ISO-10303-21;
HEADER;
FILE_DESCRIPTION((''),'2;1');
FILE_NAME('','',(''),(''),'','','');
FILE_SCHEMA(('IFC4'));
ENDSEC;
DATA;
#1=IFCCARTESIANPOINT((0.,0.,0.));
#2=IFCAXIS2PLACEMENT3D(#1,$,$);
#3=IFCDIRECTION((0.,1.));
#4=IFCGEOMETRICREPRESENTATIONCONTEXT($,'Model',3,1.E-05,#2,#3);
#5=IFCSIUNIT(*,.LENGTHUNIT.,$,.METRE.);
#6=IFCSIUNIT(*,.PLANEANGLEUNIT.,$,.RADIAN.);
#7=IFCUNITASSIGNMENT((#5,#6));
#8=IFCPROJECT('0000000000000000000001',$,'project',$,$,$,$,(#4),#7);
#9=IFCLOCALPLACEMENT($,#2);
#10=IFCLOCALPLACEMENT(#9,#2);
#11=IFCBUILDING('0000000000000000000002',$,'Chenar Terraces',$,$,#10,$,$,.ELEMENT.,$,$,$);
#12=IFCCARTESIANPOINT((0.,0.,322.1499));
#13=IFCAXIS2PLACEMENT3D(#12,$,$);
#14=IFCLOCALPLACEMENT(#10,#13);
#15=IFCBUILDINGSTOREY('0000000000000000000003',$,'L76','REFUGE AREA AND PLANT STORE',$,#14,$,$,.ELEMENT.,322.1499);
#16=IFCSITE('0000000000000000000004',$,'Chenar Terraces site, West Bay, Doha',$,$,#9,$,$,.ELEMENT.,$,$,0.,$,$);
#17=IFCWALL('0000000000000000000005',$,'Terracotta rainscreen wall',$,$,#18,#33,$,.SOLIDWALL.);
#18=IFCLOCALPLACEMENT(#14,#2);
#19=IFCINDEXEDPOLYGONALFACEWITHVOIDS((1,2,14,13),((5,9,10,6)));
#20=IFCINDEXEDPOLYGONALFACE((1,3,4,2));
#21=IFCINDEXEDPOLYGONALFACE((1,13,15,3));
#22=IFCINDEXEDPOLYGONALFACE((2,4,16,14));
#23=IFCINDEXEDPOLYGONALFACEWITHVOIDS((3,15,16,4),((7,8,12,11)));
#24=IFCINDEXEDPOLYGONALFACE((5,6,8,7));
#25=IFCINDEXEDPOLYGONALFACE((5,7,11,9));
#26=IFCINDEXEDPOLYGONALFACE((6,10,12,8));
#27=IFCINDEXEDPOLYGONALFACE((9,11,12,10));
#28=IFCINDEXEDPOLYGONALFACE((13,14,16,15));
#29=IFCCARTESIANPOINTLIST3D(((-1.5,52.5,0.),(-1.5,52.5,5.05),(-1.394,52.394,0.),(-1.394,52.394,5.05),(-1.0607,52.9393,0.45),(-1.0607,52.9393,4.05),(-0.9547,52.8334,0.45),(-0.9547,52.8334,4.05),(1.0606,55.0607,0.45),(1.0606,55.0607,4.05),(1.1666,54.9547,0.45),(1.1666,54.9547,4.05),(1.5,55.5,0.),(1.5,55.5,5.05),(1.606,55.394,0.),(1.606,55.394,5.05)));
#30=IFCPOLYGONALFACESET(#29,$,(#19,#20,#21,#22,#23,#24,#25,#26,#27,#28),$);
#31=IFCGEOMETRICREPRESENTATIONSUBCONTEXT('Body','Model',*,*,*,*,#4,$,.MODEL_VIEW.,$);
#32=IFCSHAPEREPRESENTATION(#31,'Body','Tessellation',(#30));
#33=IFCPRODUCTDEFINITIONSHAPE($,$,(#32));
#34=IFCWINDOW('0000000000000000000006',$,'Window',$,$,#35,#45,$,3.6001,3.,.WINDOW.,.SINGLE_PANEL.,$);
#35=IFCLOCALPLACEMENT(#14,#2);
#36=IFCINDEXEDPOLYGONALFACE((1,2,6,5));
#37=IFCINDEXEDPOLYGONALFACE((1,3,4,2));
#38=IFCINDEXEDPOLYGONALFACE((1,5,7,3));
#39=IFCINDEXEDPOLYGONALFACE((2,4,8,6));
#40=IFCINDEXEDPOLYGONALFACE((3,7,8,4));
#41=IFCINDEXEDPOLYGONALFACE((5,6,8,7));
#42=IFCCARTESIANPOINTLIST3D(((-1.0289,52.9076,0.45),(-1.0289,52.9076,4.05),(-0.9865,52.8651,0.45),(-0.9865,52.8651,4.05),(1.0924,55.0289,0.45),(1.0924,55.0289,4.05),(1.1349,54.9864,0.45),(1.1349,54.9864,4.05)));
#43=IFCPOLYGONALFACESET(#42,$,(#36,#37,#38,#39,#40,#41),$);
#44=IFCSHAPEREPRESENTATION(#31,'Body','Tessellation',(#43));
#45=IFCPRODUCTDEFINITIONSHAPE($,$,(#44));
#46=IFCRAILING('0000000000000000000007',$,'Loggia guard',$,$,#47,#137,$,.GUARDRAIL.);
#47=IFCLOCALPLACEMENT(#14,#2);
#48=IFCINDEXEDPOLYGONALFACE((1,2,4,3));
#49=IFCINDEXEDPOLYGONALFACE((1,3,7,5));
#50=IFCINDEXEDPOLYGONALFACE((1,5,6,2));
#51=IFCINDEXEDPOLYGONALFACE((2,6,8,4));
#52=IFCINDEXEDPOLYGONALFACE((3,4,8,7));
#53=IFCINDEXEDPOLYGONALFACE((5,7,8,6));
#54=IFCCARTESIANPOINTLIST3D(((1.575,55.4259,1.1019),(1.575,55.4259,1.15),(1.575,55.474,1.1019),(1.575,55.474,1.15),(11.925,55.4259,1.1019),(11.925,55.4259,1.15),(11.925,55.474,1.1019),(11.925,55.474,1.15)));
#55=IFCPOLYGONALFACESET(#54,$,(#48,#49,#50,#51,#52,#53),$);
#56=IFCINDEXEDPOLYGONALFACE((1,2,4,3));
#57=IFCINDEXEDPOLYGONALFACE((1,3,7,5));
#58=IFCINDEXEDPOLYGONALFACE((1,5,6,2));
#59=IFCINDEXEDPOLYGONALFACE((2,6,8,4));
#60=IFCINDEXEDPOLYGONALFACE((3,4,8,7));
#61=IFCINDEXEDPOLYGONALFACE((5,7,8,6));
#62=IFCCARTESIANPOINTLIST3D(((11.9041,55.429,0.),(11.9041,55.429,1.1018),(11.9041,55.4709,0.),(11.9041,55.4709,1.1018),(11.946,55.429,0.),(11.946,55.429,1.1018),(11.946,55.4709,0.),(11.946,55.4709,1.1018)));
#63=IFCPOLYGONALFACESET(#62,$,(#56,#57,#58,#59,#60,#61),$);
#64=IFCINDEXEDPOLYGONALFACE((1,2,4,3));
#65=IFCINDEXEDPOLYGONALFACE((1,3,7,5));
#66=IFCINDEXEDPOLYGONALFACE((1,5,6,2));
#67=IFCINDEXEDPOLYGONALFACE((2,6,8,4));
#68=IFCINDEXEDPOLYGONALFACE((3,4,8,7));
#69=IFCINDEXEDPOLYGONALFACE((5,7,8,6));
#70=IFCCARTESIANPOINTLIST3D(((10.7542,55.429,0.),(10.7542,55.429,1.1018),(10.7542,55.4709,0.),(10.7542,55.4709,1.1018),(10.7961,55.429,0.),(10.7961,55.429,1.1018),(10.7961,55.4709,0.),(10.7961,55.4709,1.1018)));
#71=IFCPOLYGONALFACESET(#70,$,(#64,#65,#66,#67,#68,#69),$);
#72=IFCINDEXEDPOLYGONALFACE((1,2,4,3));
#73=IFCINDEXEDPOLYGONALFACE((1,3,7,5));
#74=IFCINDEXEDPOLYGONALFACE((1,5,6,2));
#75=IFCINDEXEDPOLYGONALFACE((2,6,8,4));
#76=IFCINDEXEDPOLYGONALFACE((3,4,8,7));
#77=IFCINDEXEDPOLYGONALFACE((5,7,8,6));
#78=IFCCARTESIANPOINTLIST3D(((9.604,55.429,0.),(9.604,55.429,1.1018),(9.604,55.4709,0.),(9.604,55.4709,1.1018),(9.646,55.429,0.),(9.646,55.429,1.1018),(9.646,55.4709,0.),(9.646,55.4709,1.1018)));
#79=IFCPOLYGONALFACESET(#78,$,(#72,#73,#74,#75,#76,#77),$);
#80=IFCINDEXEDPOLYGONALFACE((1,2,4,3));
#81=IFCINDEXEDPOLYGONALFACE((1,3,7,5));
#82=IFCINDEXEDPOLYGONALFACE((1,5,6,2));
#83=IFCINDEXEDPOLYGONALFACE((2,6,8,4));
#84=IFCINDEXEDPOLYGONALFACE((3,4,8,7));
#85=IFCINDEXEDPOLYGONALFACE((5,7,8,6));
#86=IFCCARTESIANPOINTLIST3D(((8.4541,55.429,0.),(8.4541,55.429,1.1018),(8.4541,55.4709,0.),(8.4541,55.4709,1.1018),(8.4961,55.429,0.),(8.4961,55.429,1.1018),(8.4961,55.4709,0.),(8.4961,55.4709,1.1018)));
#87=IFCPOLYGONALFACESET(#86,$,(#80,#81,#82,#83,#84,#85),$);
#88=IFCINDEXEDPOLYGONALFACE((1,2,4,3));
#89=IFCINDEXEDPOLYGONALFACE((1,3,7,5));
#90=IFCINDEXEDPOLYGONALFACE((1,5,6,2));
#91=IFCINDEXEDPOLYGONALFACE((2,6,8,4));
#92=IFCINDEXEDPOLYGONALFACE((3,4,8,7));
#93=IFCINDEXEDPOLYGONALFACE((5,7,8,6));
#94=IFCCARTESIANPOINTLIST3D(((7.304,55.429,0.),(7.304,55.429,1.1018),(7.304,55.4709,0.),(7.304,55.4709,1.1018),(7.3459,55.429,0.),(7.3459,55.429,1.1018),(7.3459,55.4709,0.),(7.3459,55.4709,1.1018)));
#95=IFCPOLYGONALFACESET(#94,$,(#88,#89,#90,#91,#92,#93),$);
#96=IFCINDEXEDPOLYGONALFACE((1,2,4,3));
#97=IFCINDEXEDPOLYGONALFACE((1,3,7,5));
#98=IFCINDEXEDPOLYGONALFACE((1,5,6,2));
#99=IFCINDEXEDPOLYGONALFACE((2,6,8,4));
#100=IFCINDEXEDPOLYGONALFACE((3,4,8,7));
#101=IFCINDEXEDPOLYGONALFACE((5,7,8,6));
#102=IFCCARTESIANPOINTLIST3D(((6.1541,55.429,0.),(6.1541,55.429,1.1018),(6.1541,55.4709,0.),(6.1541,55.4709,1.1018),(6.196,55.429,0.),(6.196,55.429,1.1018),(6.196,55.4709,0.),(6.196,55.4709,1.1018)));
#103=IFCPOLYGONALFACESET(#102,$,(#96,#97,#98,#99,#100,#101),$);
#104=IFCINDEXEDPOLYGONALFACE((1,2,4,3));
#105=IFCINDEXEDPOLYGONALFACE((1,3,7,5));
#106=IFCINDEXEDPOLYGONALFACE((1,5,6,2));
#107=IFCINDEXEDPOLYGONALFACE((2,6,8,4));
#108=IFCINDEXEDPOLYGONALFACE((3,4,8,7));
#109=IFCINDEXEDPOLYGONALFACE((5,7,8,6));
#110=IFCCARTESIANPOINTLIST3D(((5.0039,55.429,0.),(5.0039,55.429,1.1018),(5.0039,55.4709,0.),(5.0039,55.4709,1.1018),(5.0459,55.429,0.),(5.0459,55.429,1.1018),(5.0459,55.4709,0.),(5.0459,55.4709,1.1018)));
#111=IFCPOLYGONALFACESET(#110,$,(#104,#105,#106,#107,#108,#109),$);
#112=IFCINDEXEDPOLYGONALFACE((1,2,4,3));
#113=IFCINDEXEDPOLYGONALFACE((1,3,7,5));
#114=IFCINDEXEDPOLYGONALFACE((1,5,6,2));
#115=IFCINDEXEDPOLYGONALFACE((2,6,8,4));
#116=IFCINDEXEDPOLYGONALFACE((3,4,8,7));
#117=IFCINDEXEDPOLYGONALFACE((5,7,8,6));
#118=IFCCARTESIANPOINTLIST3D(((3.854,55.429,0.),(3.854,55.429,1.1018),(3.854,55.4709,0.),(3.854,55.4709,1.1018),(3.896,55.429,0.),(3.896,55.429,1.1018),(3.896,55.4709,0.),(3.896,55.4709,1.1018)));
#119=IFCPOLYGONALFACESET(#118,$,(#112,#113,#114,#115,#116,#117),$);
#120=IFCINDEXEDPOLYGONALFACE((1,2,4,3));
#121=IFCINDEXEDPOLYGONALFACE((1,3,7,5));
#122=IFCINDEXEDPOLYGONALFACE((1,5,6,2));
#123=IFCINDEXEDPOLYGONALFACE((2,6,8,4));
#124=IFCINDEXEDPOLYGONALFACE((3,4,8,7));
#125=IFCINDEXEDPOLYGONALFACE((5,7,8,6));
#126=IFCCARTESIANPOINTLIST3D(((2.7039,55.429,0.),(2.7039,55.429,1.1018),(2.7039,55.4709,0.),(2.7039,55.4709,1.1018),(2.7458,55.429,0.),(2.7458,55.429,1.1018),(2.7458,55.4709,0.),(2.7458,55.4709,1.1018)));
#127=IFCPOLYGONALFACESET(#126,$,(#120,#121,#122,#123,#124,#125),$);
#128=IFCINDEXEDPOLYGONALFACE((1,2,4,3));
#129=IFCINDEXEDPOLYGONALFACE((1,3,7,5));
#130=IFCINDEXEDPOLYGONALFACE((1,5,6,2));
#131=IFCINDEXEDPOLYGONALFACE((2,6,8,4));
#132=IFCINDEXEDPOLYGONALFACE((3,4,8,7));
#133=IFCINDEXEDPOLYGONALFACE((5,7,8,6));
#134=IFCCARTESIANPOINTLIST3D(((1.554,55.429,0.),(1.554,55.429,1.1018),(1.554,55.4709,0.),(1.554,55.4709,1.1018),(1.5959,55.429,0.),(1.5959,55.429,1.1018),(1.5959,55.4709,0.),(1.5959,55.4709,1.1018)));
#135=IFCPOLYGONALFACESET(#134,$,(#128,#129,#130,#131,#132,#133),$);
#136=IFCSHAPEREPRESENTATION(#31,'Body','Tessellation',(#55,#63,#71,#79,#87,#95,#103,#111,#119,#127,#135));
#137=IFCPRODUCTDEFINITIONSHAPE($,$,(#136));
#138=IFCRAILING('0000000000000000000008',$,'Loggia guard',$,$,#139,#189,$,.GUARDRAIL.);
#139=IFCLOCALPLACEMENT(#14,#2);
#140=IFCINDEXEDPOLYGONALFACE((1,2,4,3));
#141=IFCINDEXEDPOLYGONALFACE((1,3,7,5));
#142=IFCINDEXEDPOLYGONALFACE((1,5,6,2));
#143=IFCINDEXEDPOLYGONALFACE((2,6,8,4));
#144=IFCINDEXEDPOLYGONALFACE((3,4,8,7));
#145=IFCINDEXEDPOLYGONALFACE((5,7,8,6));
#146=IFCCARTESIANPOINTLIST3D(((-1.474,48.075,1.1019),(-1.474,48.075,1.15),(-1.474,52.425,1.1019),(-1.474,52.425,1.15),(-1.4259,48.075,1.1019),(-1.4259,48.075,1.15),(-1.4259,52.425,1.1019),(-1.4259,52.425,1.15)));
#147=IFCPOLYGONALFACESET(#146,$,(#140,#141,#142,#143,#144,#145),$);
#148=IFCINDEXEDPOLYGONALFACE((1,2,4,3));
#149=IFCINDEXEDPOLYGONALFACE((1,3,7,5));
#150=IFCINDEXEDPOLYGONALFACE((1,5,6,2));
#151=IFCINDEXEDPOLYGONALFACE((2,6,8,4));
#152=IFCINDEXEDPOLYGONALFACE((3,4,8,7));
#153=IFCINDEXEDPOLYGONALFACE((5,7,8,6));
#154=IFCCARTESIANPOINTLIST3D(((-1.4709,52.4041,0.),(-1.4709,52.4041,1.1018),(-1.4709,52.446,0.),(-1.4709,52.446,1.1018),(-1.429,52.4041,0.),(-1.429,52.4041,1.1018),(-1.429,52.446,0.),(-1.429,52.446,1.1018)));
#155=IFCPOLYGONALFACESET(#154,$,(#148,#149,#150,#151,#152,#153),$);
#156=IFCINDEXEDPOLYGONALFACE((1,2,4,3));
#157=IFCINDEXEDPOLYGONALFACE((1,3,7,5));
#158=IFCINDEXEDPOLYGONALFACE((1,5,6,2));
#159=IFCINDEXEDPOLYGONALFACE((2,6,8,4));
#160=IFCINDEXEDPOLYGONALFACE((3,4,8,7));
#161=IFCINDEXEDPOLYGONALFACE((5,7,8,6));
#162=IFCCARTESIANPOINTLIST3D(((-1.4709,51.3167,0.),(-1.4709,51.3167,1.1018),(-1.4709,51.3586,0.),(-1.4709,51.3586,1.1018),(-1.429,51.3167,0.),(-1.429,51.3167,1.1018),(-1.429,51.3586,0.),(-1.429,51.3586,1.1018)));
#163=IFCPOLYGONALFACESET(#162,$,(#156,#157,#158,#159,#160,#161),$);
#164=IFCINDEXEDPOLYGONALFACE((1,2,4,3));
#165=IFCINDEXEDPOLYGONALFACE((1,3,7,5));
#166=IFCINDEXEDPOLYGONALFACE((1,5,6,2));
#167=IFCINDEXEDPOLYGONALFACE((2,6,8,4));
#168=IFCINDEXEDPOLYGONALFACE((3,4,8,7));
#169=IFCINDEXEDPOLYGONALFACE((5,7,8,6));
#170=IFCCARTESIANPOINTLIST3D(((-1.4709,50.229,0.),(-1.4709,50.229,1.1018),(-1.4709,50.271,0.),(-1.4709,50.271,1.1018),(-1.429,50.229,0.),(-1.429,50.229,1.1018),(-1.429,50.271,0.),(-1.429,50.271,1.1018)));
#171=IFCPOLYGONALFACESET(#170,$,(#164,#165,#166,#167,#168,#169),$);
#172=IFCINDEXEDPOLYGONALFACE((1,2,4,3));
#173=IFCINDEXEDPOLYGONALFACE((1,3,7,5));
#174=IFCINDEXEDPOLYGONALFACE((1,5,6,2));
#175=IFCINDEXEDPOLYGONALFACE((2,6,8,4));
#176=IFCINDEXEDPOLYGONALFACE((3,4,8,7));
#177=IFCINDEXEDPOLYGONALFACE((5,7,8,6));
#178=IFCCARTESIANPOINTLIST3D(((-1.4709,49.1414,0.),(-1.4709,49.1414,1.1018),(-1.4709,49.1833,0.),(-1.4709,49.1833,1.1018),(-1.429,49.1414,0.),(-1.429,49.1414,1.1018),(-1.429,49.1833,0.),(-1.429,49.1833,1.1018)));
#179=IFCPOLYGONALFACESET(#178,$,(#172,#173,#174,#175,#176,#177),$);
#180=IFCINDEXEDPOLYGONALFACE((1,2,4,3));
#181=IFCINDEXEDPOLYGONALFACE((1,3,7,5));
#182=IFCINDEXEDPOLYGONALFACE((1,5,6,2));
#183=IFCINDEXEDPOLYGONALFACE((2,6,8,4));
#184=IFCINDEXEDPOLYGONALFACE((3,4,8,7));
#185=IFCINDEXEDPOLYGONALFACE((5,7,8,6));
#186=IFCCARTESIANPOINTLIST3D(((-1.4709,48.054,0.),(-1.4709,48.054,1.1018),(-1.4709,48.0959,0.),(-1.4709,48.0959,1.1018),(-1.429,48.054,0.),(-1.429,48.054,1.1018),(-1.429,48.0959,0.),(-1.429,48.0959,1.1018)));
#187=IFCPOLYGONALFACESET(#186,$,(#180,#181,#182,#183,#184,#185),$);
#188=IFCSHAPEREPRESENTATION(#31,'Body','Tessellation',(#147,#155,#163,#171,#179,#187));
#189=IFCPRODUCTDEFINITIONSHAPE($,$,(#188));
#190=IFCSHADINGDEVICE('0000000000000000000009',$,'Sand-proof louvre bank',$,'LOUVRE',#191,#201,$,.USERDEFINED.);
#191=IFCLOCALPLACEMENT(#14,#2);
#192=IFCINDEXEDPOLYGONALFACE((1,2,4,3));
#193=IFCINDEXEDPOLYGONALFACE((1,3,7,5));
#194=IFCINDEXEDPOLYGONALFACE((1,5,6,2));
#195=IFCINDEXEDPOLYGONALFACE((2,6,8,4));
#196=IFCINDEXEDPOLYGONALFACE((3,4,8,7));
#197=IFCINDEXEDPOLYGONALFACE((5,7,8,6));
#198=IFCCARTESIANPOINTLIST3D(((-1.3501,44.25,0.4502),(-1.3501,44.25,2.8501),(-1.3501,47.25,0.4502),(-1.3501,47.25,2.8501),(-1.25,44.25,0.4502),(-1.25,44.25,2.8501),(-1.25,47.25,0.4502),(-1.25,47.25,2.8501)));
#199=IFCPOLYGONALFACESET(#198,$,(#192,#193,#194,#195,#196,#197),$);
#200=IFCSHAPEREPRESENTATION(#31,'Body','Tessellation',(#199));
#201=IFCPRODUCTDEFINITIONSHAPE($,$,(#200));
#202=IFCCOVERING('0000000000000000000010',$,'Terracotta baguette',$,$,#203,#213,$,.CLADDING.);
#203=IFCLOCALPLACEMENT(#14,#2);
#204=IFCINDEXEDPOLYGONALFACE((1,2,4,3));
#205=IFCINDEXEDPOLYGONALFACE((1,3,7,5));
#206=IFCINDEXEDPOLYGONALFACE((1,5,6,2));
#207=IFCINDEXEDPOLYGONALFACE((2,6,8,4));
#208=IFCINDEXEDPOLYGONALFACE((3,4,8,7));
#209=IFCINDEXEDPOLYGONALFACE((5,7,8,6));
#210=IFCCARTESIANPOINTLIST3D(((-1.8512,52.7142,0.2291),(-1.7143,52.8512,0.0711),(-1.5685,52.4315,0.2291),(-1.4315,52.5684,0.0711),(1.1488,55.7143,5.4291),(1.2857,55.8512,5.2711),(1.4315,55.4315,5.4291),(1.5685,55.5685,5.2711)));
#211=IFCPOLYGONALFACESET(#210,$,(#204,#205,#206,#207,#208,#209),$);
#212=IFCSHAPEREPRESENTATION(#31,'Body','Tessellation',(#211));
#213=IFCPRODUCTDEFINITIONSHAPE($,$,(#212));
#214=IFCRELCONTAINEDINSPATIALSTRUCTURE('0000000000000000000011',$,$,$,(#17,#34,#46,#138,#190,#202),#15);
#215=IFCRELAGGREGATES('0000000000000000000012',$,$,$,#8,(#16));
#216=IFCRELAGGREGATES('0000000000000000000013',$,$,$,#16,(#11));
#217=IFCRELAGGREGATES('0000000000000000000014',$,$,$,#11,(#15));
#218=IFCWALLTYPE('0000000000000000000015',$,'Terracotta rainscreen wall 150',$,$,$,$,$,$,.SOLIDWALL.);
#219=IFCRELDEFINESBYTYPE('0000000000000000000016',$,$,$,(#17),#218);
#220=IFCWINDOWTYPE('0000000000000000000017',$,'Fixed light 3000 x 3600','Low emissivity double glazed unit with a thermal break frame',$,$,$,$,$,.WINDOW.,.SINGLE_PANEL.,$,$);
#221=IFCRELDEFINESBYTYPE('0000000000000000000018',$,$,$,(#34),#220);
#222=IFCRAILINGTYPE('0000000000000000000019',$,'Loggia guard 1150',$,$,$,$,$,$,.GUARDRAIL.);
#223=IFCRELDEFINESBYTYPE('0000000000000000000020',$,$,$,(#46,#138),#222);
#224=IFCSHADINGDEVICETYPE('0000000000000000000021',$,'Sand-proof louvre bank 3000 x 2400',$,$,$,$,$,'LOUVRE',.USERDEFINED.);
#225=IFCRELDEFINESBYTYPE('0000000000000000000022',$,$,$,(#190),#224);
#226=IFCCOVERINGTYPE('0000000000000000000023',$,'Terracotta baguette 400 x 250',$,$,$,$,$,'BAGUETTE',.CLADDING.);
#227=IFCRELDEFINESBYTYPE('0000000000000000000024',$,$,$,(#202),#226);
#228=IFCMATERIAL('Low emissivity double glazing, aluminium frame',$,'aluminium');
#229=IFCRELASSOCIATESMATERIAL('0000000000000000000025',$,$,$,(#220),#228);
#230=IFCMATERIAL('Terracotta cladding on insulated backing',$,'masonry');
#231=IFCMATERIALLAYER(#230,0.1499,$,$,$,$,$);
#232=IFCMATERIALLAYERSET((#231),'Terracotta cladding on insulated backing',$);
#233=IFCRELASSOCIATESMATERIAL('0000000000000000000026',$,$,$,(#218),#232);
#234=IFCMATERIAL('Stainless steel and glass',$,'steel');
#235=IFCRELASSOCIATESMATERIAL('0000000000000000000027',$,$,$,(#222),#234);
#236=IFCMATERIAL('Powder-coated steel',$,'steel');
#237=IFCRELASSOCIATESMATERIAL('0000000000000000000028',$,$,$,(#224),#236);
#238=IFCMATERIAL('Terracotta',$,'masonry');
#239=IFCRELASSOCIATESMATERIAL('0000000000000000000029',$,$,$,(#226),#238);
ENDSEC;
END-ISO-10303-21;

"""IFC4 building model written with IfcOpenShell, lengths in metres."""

from ifc_helpers import new_model, si_unit, direction, frame, frame_2d, origin, origin_2d, place, context, subcontext, project, spatial, rectangle, extrude, material, layer, layer_set, material_profile, profile_set, type_object, element, fill, save


model = new_model("IFC4")

# Units and contexts
model_context = context("Model", 3, precision=1e-05, world=origin(), true_north=direction((0.0, 1.0)))
body_context = subcontext(model_context, "Body", "Model", "MODEL_VIEW")
ifc_project = project(units=[si_unit("LENGTHUNIT", "METRE"), si_unit("PLANEANGLEUNIT", "RADIAN")], contexts=[model_context])

# Site, building, storey
site_placement = place(None, origin())
site = spatial("IfcSite", under=ifc_project, at=site_placement, Name="Chenar Terraces site, West Bay, Doha", CompositionType="ELEMENT", RefElevation=0.0)
building_placement = place(site_placement, origin())
building = spatial("IfcBuilding", under=site, at=building_placement, Name="Chenar Terraces", CompositionType="ELEMENT")
storey_placement = place(building_placement, frame((0.0, 0.0, 322.1499)))
storey = spatial("IfcBuildingStorey", under=building, at=storey_placement, Name="L76", Description="REFUGE AREA AND PLANT STORE", CompositionType="ELEMENT", Elevation=322.1499)

# Shared definitions
ifc_material_1 = material(Name="Low emissivity double glazing, aluminium frame", Category="aluminium")
window_type_1 = type_object("IfcWindowType", Name="Fixed light 3000 x 3600", Description="Low emissivity double glazed unit with a thermal break frame", PartitioningType="SINGLE_PANEL", PredefinedType="WINDOW", material=ifc_material_1)

# Wall, opening, window
ifc_material_2 = material(Name="Terracotta cladding on insulated backing", Category="masonry")
ifc_layer_1 = layer(ifc_material_2, 0.1499)
ifc_layer_set_1 = layer_set([ifc_layer_1], Name="Terracotta cladding on insulated backing")
wall_type_1 = type_object("IfcWallType", Name="Terracotta rainscreen wall 150", PredefinedType="SOLIDWALL", material=ifc_layer_set_1)
wall_1_placement = place(storey_placement, frame((1.553, 55.447, 0.0), z_axis=(0.0, 0.0, 1.0), x_axis=(-0.707107, -0.707107, 0.0)))
wall_1 = element("IfcWall", 1, at=wall_1_placement, inside=storey, type_object=wall_type_1, Name="Terracotta rainscreen wall", PredefinedType="SOLIDWALL", context=body_context, shape_type="SweptSolid", body=[
    extrude(rectangle(XDim=4.2427, YDim=0.1499, at=frame_2d((2.1213, 0.0))), origin(), (0.0, 0.0, 1.0), 5.05),
])
opening_1_placement = place(wall_1_placement, frame((0.6213, 0.0, 0.45)))
opening_1 = element("IfcOpeningElement", 2, at=opening_1_placement, cuts=wall_1, PredefinedType="OPENING", context=body_context, shape_type="SweptSolid", body=[
    extrude(rectangle(XDim=3.0, YDim=3.6001, at=frame_2d((1.5, 1.8))), frame((0.0, 0.085, 0.0), z_axis=(0.0, -1.0, 0.0), x_axis=(1.0, 0.0, 0.0)), (0.0, 0.0, 1.0), 0.1699),
])
window_1_placement = place(opening_1_placement, origin())
window_1 = element("IfcWindow", 3, at=window_1_placement, inside=storey, type_object=window_type_1, Name="Window", OverallHeight=3.6001, OverallWidth=3.0, PartitioningType="SINGLE_PANEL", PredefinedType="WINDOW", context=body_context, shape_type="SweptSolid", body=[
    extrude(rectangle(XDim=3.0, YDim=3.6001, at=frame_2d((1.5, 1.8))), frame((0.0, 0.03, 0.0), z_axis=(0.0, -1.0, 0.0), x_axis=(1.0, 0.0, 0.0)), (0.0, 0.0, 1.0), 0.0601),
])
fill(opening_1, window_1)

# Railings
ifc_material_3 = material(Name="Stainless steel and glass", Category="steel")
railing_type = type_object("IfcRailingType", Name="Loggia guard 1150", PredefinedType="GUARDRAIL", material=ifc_material_3)
railing_1_placement = place(storey_placement, frame((11.925, 55.45, 0.0)))
element("IfcRailing", 4, at=railing_1_placement, inside=storey, type_object=railing_type, Name="Loggia guard", PredefinedType="GUARDRAIL", context=body_context, shape_type="SweptSolid", body=[
    extrude(rectangle(XDim=0.0481, YDim=0.0481, at=origin_2d()), frame((0.0, 0.0, 1.126), z_axis=(-1.0, 0.0, 0.0), x_axis=(0.0, -1.0, 0.0)), (0.0, 0.0, 1.0), 10.3501),
    extrude(rectangle(XDim=0.042, YDim=0.042, at=origin_2d()), origin(), (0.0, 0.0, 1.0), 1.1018),
    extrude(rectangle(XDim=0.042, YDim=0.042, at=origin_2d()), frame((-1.1499, 0.0, 0.0)), (0.0, 0.0, 1.0), 1.1018),
    extrude(rectangle(XDim=0.042, YDim=0.042, at=origin_2d()), frame((-2.3, 0.0, 0.0)), (0.0, 0.0, 1.0), 1.1018),
    extrude(rectangle(XDim=0.042, YDim=0.042, at=origin_2d()), frame((-3.45, 0.0, 0.0)), (0.0, 0.0, 1.0), 1.1018),
    extrude(rectangle(XDim=0.042, YDim=0.042, at=origin_2d()), frame((-4.6001, 0.0, 0.0)), (0.0, 0.0, 1.0), 1.1018),
    extrude(rectangle(XDim=0.042, YDim=0.042, at=origin_2d()), frame((-5.75, 0.0, 0.0)), (0.0, 0.0, 1.0), 1.1018),
    extrude(rectangle(XDim=0.042, YDim=0.042, at=origin_2d()), frame((-6.9001, 0.0, 0.0)), (0.0, 0.0, 1.0), 1.1018),
    extrude(rectangle(XDim=0.042, YDim=0.042, at=origin_2d()), frame((-8.05, 0.0, 0.0)), (0.0, 0.0, 1.0), 1.1018),
    extrude(rectangle(XDim=0.042, YDim=0.042, at=origin_2d()), frame((-9.2002, 0.0, 0.0)), (0.0, 0.0, 1.0), 1.1018),
    extrude(rectangle(XDim=0.042, YDim=0.042, at=origin_2d()), frame((-10.3501, 0.0, 0.0)), (0.0, 0.0, 1.0), 1.1018),
])
railing_2_placement = place(storey_placement, frame((-1.45, 52.425, 0.0)))
element("IfcRailing", 5, at=railing_2_placement, inside=storey, type_object=railing_type, Name="Loggia guard", PredefinedType="GUARDRAIL", context=body_context, shape_type="SweptSolid", body=[
    extrude(rectangle(XDim=0.0481, YDim=0.0481, at=origin_2d()), frame((0.0, 0.0, 1.126), z_axis=(0.0, -1.0, 0.0), x_axis=(1.0, 0.0, 0.0)), (0.0, 0.0, 1.0), 4.3501),
    extrude(rectangle(XDim=0.042, YDim=0.042, at=origin_2d()), origin(), (0.0, 0.0, 1.0), 1.1018),
    extrude(rectangle(XDim=0.042, YDim=0.042, at=origin_2d()), frame((0.0, -1.0874, 0.0)), (0.0, 0.0, 1.0), 1.1018),
    extrude(rectangle(XDim=0.042, YDim=0.042, at=origin_2d()), frame((0.0, -2.175, 0.0)), (0.0, 0.0, 1.0), 1.1018),
    extrude(rectangle(XDim=0.042, YDim=0.042, at=origin_2d()), frame((0.0, -3.2627, 0.0)), (0.0, 0.0, 1.0), 1.1018),
    extrude(rectangle(XDim=0.042, YDim=0.042, at=origin_2d()), frame((0.0, -4.3501, 0.0)), (0.0, 0.0, 1.0), 1.1018),
])

# Shading device
ifc_material_4 = material(Name="Powder-coated steel", Category="steel")
shading_device_type = type_object("IfcShadingDeviceType", Name="Sand-proof louvre bank 3000 x 2400", ElementType="LOUVRE", PredefinedType="USERDEFINED", material=ifc_material_4)
shading_device_placement = place(storey_placement, frame((-1.3, 45.75, 0.4502), z_axis=(0.0, 0.0, 1.0), x_axis=(0.0, -1.0, 0.0)))
element("IfcShadingDevice", 6, at=shading_device_placement, inside=storey, type_object=shading_device_type, Name="Sand-proof louvre bank", ObjectType="LOUVRE", PredefinedType="USERDEFINED", context=body_context, shape_type="SweptSolid", body=[
    extrude(rectangle(XDim=3.0, YDim=0.1001, at=origin_2d()), origin(), (0.0, 0.0, 1.0), 2.3999),
])

# Covering
ifc_material_5 = material(Name="Terracotta", Category="masonry")
ifc_material_profile_1 = material_profile(ifc_material_5, rectangle(XDim=0.3999, YDim=0.25, at=origin_2d()), Name="Terracotta baguette 400 x 250")
ifc_profile_set_1 = profile_set([ifc_material_profile_1], Name="Terracotta")
covering_type = type_object("IfcCoveringType", Name="Terracotta baguette 400 x 250", ElementType="BAGUETTE", PredefinedType="CLADDING", material=ifc_profile_set_1)
covering_1_placement = place(storey_placement, frame((1.3586, 55.6414, 5.3501), z_axis=(-0.447017, -0.447017, -0.774823), x_axis=(0.707107, -0.707107, 0.0)))
element("IfcCovering", 7, at=covering_1_placement, inside=storey, type_object=covering_type, Name="Terracotta baguette", PredefinedType="CLADDING", context=body_context, shape_type="SweptSolid", body=[
    extrude(rectangle(XDim=0.3999, YDim=0.25, at=origin_2d()), origin(), (0.0, 0.0, 1.0), 6.7112),
])

save(model, "model.ifc")
